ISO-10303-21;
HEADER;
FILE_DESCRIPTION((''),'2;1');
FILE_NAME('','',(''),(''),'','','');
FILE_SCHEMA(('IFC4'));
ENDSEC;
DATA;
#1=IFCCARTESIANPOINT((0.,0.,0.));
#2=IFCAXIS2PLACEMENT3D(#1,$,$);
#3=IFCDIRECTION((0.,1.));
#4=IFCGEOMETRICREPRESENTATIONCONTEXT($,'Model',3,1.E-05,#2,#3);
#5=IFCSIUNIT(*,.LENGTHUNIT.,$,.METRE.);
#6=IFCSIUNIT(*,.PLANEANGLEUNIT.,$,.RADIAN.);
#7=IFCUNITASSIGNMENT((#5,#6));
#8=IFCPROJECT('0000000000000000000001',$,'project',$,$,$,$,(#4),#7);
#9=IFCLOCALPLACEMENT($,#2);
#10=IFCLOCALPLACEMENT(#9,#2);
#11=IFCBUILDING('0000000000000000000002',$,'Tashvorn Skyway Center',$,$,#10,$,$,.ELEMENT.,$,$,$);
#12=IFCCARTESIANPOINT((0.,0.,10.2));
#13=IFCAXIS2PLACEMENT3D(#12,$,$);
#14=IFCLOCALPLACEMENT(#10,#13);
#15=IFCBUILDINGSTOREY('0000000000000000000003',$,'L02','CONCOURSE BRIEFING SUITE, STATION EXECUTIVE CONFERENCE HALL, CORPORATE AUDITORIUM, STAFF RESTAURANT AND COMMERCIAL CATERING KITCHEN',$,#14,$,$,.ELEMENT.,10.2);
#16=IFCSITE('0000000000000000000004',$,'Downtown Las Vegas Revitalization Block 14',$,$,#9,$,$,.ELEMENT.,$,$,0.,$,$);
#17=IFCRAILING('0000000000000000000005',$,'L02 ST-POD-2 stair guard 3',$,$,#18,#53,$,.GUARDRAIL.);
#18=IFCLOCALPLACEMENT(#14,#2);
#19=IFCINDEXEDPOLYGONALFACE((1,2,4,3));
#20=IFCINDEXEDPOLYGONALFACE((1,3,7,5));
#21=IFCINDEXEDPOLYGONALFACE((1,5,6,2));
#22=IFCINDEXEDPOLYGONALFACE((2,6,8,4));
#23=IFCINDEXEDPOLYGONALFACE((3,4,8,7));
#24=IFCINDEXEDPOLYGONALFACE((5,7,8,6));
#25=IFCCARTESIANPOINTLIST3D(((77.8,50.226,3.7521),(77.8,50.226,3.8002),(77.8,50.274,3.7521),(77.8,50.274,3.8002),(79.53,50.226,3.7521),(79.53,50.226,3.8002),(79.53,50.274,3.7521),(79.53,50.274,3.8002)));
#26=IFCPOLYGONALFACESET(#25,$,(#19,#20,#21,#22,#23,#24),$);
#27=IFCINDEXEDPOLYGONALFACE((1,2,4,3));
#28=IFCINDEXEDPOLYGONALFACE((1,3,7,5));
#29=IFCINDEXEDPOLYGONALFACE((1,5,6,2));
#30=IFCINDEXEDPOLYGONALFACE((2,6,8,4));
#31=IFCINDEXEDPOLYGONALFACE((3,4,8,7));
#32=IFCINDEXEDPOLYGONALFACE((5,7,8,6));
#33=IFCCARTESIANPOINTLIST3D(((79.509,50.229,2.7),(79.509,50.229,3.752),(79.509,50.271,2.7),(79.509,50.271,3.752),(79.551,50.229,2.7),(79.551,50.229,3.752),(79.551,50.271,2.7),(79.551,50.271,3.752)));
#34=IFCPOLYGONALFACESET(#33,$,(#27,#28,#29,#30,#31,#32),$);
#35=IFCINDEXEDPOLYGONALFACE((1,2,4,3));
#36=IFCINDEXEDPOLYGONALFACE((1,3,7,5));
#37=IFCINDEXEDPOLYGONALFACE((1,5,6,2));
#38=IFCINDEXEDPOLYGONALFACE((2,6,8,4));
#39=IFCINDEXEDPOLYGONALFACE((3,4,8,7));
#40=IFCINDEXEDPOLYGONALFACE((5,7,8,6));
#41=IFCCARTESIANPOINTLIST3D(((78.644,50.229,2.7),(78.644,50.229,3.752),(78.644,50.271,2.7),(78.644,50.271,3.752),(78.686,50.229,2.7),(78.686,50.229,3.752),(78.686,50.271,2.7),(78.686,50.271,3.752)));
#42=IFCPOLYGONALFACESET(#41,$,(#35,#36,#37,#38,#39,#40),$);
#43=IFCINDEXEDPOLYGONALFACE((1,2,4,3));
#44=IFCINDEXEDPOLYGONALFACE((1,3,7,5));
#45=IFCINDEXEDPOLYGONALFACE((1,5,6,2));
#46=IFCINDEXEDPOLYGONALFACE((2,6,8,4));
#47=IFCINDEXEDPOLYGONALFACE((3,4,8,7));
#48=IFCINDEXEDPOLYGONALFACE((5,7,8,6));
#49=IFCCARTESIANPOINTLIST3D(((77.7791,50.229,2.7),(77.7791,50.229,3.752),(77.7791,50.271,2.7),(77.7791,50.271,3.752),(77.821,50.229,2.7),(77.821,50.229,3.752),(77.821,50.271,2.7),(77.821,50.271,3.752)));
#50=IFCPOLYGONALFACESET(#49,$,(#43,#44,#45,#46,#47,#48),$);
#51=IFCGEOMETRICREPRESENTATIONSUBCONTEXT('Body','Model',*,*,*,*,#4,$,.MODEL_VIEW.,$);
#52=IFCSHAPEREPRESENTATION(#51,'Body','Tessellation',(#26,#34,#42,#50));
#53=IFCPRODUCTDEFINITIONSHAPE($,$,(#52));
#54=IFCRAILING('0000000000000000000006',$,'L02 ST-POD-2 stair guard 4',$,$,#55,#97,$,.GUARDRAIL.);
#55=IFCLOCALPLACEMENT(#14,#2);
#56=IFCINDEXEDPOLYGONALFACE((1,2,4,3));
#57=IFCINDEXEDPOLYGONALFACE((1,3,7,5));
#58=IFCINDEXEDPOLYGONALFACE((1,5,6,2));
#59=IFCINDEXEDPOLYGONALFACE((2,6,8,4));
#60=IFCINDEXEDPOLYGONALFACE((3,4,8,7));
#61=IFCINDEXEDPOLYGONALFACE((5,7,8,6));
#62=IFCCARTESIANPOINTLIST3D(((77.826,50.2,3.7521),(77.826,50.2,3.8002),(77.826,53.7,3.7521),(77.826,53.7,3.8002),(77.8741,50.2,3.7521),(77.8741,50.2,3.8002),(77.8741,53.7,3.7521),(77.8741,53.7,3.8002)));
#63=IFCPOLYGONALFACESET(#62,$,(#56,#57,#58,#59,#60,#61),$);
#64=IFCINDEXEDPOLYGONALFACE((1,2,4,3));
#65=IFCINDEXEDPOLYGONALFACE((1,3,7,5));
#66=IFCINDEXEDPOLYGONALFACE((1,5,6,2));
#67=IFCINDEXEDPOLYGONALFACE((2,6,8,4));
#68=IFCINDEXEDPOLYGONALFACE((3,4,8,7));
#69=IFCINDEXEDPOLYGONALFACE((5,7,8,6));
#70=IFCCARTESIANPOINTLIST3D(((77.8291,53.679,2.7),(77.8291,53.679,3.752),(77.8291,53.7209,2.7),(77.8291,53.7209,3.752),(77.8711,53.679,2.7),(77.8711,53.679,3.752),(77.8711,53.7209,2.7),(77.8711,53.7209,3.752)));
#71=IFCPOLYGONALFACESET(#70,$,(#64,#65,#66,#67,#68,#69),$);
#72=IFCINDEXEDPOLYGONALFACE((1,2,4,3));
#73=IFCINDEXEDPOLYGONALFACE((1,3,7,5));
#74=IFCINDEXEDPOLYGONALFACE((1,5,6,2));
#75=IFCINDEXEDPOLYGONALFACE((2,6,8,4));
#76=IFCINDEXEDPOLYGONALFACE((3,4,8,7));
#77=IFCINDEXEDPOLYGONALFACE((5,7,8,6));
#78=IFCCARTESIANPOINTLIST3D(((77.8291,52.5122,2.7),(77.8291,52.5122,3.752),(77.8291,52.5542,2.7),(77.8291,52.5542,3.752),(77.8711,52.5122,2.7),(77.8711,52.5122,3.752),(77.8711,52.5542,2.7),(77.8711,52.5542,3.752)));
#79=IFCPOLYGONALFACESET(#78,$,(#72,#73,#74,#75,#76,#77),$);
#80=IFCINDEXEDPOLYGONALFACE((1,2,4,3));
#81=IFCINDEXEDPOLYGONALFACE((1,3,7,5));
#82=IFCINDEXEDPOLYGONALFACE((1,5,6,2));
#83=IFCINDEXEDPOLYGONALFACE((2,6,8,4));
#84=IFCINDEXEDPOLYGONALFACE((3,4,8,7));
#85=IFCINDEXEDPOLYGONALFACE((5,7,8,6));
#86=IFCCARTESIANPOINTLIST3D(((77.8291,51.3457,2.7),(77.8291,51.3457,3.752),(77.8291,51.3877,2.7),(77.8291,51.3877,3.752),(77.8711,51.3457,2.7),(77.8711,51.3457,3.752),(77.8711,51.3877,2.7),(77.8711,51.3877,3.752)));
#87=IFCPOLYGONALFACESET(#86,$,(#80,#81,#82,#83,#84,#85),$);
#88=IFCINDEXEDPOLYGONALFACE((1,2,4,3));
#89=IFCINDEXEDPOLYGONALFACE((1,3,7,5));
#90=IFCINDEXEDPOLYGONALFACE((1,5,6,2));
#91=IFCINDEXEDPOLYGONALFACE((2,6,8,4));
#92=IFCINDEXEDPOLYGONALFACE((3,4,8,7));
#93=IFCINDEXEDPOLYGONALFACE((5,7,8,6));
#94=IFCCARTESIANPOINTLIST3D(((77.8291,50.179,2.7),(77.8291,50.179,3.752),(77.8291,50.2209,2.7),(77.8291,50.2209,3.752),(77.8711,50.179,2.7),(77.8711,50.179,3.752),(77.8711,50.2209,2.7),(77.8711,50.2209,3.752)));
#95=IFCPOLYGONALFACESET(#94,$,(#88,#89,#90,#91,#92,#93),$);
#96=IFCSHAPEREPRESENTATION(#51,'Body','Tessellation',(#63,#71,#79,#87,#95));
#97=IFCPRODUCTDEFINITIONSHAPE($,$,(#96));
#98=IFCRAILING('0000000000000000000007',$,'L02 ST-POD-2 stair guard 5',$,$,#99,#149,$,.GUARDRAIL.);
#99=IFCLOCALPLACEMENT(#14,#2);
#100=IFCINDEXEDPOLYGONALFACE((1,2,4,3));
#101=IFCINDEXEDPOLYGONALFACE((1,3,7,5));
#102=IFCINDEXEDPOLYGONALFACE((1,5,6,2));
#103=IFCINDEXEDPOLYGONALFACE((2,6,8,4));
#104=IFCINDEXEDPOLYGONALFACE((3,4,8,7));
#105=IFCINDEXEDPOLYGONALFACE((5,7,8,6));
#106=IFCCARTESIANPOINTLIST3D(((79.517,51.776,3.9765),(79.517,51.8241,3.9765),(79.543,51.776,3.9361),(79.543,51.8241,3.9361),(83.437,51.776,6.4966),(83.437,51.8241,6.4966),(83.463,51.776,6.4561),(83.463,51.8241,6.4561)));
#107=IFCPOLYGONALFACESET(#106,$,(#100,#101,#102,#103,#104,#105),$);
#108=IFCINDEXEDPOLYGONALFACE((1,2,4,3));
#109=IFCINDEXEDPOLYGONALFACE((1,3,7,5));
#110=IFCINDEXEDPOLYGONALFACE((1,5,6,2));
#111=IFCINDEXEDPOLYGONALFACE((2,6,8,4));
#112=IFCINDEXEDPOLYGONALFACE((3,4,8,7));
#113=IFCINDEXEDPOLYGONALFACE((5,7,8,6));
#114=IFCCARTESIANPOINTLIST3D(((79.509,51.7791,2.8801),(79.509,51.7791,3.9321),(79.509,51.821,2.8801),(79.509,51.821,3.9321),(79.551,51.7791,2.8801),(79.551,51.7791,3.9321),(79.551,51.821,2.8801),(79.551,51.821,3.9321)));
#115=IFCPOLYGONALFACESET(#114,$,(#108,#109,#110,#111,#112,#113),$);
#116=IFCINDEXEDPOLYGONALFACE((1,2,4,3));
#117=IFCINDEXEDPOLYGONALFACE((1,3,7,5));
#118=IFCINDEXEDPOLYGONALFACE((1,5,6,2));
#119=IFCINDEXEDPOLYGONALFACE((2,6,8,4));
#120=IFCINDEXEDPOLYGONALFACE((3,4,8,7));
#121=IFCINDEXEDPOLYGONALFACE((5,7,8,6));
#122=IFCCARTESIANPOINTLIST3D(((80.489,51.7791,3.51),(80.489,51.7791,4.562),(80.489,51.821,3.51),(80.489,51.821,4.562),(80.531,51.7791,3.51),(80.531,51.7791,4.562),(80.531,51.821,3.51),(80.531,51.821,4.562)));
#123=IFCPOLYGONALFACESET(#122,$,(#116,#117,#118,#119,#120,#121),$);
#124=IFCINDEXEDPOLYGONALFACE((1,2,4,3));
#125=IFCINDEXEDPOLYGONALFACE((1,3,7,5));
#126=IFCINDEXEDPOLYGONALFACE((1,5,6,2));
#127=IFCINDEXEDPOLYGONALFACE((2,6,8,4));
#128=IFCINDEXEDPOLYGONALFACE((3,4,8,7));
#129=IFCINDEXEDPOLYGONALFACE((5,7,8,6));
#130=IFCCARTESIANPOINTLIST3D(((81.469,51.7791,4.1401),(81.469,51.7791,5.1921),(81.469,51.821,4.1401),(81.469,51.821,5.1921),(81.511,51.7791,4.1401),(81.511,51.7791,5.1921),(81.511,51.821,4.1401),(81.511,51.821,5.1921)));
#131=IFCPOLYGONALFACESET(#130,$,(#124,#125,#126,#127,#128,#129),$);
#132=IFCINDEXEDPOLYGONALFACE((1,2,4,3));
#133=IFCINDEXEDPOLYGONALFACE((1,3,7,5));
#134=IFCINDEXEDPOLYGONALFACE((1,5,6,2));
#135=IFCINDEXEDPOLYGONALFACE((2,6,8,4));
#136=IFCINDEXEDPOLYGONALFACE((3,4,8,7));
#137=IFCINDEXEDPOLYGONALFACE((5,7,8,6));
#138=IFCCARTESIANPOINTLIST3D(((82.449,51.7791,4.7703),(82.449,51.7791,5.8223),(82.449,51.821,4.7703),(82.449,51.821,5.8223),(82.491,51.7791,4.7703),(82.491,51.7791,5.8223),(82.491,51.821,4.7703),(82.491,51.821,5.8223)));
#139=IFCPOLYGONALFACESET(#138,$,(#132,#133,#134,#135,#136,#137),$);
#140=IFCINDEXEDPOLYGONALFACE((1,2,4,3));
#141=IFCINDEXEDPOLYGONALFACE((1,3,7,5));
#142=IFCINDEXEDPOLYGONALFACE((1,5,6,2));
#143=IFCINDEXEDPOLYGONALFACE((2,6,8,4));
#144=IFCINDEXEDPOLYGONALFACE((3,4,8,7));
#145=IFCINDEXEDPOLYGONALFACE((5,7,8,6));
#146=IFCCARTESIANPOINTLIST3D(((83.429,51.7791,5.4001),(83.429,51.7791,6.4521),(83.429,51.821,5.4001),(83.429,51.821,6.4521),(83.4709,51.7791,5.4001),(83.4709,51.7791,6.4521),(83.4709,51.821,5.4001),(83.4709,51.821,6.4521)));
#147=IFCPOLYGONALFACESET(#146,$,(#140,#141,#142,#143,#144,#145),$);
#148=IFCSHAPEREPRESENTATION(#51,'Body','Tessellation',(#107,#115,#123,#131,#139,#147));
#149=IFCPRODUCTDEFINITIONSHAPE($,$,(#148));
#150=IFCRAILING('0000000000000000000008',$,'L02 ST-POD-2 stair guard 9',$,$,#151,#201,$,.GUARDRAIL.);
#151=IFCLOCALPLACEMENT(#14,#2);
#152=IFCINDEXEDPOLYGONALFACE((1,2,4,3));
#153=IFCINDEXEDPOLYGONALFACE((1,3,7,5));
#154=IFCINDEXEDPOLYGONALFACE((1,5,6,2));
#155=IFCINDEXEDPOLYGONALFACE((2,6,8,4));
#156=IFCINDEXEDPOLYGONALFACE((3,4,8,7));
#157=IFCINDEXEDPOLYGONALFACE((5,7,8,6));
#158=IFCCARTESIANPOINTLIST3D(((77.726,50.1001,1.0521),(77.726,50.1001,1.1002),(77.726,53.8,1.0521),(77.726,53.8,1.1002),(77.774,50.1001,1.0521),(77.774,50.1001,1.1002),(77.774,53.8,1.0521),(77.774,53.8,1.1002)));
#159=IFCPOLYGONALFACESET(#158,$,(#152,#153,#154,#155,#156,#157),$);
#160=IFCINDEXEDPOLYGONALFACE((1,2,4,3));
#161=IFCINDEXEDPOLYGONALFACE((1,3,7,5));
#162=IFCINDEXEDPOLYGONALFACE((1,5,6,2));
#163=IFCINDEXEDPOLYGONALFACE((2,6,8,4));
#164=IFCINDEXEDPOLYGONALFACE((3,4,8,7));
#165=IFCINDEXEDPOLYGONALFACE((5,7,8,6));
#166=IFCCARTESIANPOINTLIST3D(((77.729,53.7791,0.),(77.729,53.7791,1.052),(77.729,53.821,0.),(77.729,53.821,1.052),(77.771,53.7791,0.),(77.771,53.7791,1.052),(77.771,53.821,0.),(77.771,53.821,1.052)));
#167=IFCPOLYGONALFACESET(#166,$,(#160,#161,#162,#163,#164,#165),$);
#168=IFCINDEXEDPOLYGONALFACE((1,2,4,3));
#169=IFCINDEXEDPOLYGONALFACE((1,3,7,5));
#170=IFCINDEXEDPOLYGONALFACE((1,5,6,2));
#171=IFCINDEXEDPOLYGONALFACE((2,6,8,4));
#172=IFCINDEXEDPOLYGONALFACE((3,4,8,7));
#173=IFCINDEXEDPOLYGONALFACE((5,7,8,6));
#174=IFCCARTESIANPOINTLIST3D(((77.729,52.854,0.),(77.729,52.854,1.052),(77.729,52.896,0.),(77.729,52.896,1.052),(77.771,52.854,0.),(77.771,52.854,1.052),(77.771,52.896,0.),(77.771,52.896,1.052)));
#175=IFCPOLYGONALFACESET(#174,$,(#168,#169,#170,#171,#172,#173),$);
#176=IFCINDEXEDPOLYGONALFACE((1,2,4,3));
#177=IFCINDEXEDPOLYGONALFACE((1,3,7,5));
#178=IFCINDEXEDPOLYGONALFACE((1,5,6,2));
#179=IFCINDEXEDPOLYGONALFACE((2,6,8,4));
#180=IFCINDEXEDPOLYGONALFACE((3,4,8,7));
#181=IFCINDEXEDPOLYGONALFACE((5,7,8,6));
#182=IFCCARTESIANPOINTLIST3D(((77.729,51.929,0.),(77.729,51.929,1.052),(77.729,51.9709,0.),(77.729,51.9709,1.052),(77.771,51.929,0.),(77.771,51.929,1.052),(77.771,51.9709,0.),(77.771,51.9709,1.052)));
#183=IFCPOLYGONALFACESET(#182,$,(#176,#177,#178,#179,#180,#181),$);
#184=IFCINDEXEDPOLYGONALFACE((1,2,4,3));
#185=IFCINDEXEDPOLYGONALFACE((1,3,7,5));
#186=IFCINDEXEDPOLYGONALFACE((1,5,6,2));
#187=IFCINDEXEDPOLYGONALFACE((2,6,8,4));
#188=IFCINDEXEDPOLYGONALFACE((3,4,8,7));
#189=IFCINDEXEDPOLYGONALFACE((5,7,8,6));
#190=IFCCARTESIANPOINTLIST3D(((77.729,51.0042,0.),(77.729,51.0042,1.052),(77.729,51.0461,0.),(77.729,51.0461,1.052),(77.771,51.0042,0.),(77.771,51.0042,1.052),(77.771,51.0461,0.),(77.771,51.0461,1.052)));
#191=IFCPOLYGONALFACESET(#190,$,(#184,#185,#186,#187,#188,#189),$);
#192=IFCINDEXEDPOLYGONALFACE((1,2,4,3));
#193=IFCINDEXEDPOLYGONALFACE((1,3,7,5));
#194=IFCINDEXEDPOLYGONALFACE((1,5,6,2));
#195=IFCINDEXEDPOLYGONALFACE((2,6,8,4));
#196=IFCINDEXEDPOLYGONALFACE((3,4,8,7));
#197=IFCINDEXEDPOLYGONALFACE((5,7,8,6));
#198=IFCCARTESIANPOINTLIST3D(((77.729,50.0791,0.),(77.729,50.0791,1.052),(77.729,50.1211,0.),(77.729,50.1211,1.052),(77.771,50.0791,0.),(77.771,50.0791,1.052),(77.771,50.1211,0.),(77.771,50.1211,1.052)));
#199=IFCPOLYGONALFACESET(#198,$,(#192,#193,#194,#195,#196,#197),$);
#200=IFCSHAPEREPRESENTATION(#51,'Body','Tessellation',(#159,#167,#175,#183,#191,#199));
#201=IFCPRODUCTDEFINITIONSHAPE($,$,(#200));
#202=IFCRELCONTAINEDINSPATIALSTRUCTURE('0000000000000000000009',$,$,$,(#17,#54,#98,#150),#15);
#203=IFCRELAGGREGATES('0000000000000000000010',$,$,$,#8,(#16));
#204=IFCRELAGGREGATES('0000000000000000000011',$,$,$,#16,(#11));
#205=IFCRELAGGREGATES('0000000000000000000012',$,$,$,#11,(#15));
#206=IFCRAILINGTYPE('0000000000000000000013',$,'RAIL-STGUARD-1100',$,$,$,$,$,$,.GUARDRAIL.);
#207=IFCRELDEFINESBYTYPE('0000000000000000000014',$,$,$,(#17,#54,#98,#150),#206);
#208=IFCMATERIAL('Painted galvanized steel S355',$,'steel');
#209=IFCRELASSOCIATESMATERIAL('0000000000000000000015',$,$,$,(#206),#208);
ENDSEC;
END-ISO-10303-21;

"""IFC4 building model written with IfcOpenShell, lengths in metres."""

from ifc_helpers import new_model, si_unit, direction, frame, origin, origin_2d, place, context, subcontext, project, spatial, rectangle, extrude, material, type_object, element, save


model = new_model("IFC4")

# Units and contexts
model_context = context("Model", 3, precision=1e-05, world=origin(), true_north=direction((0.0, 1.0)))
body_context = subcontext(model_context, "Body", "Model", "MODEL_VIEW")
ifc_project = project(units=[si_unit("LENGTHUNIT", "METRE"), si_unit("PLANEANGLEUNIT", "RADIAN")], contexts=[model_context])

# Site, building, storey
site_placement = place(None, origin())
site = spatial("IfcSite", under=ifc_project, at=site_placement, Name="Downtown Las Vegas Revitalization Block 14", CompositionType="ELEMENT", RefElevation=0.0)
building_placement = place(site_placement, origin())
building = spatial("IfcBuilding", under=site, at=building_placement, Name="Tashvorn Skyway Center", CompositionType="ELEMENT")
storey_placement = place(building_placement, frame((0.0, 0.0, 10.2)))
storey = spatial("IfcBuildingStorey", under=building, at=storey_placement, Name="L02", Description="CONCOURSE BRIEFING SUITE, STATION EXECUTIVE CONFERENCE HALL, CORPORATE AUDITORIUM, STAFF RESTAURANT AND COMMERCIAL CATERING KITCHEN", CompositionType="ELEMENT", Elevation=10.2)

# Railings
ifc_material_1 = material(Name="Painted galvanized steel S355", Category="steel")
railing_type_1 = type_object("IfcRailingType", Name="RAIL-STGUARD-1100", PredefinedType="GUARDRAIL", material=ifc_material_1)
railing_1_placement = place(storey_placement, frame((79.53, 50.25, 2.7)))
element("IfcRailing", 1, at=railing_1_placement, inside=storey, type_object=railing_type_1, Name="L02 ST-POD-2 stair guard 3", PredefinedType="GUARDRAIL", context=body_context, shape_type="SweptSolid", body=[
    extrude(rectangle(XDim=0.0481, YDim=0.0481, at=origin_2d()), frame((0.0, 0.0, 1.0762), z_axis=(-1.0, 0.0, 0.0), x_axis=(0.0, -1.0, 0.0)), (0.0, 0.0, 1.0), 1.73),
    extrude(rectangle(XDim=0.042, YDim=0.042, at=origin_2d()), origin(), (0.0, 0.0, 1.0), 1.052),
    extrude(rectangle(XDim=0.042, YDim=0.042, at=origin_2d()), frame((-0.865, 0.0, 0.0)), (0.0, 0.0, 1.0), 1.052),
    extrude(rectangle(XDim=0.042, YDim=0.042, at=origin_2d()), frame((-1.73, 0.0, 0.0)), (0.0, 0.0, 1.0), 1.052),
])
railing_2_placement = place(storey_placement, frame((77.8501, 53.7, 2.7)))
element("IfcRailing", 2, at=railing_2_placement, inside=storey, type_object=railing_type_1, Name="L02 ST-POD-2 stair guard 4", PredefinedType="GUARDRAIL", context=body_context, shape_type="SweptSolid", body=[
    extrude(rectangle(XDim=0.0481, YDim=0.0481, at=origin_2d()), frame((0.0, 0.0, 1.0762), z_axis=(0.0, -1.0, 0.0), x_axis=(1.0, 0.0, 0.0)), (0.0, 0.0, 1.0), 3.5),
    extrude(rectangle(XDim=0.042, YDim=0.042, at=origin_2d()), origin(), (0.0, 0.0, 1.0), 1.052),
    extrude(rectangle(XDim=0.042, YDim=0.042, at=origin_2d()), frame((0.0, -1.1667, 0.0)), (0.0, 0.0, 1.0), 1.052),
    extrude(rectangle(XDim=0.042, YDim=0.042, at=origin_2d()), frame((0.0, -2.3333, 0.0)), (0.0, 0.0, 1.0), 1.052),
    extrude(rectangle(XDim=0.042, YDim=0.042, at=origin_2d()), frame((0.0, -3.5, 0.0)), (0.0, 0.0, 1.0), 1.052),
])
railing_3_placement = place(storey_placement, frame((79.53, 51.8, 2.8801)))
element("IfcRailing", 3, at=railing_3_placement, inside=storey, type_object=railing_type_1, Name="L02 ST-POD-2 stair guard 5", PredefinedType="GUARDRAIL", context=body_context, shape_type="SweptSolid", body=[
    extrude(rectangle(XDim=0.0481, YDim=0.0481, at=origin_2d()), frame((0.0, 0.0, 1.0762), z_axis=(0.841172, 0.0, 0.540768), x_axis=(0.0, 1.0, 0.0)), (0.0, 0.0, 1.0), 4.6602),
    extrude(rectangle(XDim=0.042, YDim=0.042, at=origin_2d()), origin(), (0.0, 0.0, 1.0), 1.052),
    extrude(rectangle(XDim=0.042, YDim=0.042, at=origin_2d()), frame((0.98, 0.0, 0.6299)), (0.0, 0.0, 1.0), 1.052),
    extrude(rectangle(XDim=0.042, YDim=0.042, at=origin_2d()), frame((1.96, 0.0, 1.26)), (0.0, 0.0, 1.0), 1.052),
    extrude(rectangle(XDim=0.042, YDim=0.042, at=origin_2d()), frame((2.9399, 0.0, 1.8901)), (0.0, 0.0, 1.0), 1.052),
    extrude(rectangle(XDim=0.042, YDim=0.042, at=origin_2d()), frame((3.9199, 0.0, 2.52)), (0.0, 0.0, 1.0), 1.052),
])
railing_4_placement = place(storey_placement, frame((77.75, 53.8, 0.0)))
element("IfcRailing", 4, at=railing_4_placement, inside=storey, type_object=railing_type_1, Name="L02 ST-POD-2 stair guard 9", PredefinedType="GUARDRAIL", context=body_context, shape_type="SweptSolid", body=[
    extrude(rectangle(XDim=0.0481, YDim=0.0481, at=origin_2d()), frame((0.0, 0.0, 1.0762), z_axis=(0.0, -1.0, 0.0), x_axis=(1.0, 0.0, 0.0)), (0.0, 0.0, 1.0), 3.7),
    extrude(rectangle(XDim=0.042, YDim=0.042, at=origin_2d()), origin(), (0.0, 0.0, 1.0), 1.052),
    extrude(rectangle(XDim=0.042, YDim=0.042, at=origin_2d()), frame((0.0, -0.925, 0.0)), (0.0, 0.0, 1.0), 1.052),
    extrude(rectangle(XDim=0.042, YDim=0.042, at=origin_2d()), frame((0.0, -1.8501, 0.0)), (0.0, 0.0, 1.0), 1.052),
    extrude(rectangle(XDim=0.042, YDim=0.042, at=origin_2d()), frame((0.0, -2.7749, 0.0)), (0.0, 0.0, 1.0), 1.052),
    extrude(rectangle(XDim=0.042, YDim=0.042, at=origin_2d()), frame((0.0, -3.7, 0.0)), (0.0, 0.0, 1.0), 1.052),
])

save(model, "model.ifc")
